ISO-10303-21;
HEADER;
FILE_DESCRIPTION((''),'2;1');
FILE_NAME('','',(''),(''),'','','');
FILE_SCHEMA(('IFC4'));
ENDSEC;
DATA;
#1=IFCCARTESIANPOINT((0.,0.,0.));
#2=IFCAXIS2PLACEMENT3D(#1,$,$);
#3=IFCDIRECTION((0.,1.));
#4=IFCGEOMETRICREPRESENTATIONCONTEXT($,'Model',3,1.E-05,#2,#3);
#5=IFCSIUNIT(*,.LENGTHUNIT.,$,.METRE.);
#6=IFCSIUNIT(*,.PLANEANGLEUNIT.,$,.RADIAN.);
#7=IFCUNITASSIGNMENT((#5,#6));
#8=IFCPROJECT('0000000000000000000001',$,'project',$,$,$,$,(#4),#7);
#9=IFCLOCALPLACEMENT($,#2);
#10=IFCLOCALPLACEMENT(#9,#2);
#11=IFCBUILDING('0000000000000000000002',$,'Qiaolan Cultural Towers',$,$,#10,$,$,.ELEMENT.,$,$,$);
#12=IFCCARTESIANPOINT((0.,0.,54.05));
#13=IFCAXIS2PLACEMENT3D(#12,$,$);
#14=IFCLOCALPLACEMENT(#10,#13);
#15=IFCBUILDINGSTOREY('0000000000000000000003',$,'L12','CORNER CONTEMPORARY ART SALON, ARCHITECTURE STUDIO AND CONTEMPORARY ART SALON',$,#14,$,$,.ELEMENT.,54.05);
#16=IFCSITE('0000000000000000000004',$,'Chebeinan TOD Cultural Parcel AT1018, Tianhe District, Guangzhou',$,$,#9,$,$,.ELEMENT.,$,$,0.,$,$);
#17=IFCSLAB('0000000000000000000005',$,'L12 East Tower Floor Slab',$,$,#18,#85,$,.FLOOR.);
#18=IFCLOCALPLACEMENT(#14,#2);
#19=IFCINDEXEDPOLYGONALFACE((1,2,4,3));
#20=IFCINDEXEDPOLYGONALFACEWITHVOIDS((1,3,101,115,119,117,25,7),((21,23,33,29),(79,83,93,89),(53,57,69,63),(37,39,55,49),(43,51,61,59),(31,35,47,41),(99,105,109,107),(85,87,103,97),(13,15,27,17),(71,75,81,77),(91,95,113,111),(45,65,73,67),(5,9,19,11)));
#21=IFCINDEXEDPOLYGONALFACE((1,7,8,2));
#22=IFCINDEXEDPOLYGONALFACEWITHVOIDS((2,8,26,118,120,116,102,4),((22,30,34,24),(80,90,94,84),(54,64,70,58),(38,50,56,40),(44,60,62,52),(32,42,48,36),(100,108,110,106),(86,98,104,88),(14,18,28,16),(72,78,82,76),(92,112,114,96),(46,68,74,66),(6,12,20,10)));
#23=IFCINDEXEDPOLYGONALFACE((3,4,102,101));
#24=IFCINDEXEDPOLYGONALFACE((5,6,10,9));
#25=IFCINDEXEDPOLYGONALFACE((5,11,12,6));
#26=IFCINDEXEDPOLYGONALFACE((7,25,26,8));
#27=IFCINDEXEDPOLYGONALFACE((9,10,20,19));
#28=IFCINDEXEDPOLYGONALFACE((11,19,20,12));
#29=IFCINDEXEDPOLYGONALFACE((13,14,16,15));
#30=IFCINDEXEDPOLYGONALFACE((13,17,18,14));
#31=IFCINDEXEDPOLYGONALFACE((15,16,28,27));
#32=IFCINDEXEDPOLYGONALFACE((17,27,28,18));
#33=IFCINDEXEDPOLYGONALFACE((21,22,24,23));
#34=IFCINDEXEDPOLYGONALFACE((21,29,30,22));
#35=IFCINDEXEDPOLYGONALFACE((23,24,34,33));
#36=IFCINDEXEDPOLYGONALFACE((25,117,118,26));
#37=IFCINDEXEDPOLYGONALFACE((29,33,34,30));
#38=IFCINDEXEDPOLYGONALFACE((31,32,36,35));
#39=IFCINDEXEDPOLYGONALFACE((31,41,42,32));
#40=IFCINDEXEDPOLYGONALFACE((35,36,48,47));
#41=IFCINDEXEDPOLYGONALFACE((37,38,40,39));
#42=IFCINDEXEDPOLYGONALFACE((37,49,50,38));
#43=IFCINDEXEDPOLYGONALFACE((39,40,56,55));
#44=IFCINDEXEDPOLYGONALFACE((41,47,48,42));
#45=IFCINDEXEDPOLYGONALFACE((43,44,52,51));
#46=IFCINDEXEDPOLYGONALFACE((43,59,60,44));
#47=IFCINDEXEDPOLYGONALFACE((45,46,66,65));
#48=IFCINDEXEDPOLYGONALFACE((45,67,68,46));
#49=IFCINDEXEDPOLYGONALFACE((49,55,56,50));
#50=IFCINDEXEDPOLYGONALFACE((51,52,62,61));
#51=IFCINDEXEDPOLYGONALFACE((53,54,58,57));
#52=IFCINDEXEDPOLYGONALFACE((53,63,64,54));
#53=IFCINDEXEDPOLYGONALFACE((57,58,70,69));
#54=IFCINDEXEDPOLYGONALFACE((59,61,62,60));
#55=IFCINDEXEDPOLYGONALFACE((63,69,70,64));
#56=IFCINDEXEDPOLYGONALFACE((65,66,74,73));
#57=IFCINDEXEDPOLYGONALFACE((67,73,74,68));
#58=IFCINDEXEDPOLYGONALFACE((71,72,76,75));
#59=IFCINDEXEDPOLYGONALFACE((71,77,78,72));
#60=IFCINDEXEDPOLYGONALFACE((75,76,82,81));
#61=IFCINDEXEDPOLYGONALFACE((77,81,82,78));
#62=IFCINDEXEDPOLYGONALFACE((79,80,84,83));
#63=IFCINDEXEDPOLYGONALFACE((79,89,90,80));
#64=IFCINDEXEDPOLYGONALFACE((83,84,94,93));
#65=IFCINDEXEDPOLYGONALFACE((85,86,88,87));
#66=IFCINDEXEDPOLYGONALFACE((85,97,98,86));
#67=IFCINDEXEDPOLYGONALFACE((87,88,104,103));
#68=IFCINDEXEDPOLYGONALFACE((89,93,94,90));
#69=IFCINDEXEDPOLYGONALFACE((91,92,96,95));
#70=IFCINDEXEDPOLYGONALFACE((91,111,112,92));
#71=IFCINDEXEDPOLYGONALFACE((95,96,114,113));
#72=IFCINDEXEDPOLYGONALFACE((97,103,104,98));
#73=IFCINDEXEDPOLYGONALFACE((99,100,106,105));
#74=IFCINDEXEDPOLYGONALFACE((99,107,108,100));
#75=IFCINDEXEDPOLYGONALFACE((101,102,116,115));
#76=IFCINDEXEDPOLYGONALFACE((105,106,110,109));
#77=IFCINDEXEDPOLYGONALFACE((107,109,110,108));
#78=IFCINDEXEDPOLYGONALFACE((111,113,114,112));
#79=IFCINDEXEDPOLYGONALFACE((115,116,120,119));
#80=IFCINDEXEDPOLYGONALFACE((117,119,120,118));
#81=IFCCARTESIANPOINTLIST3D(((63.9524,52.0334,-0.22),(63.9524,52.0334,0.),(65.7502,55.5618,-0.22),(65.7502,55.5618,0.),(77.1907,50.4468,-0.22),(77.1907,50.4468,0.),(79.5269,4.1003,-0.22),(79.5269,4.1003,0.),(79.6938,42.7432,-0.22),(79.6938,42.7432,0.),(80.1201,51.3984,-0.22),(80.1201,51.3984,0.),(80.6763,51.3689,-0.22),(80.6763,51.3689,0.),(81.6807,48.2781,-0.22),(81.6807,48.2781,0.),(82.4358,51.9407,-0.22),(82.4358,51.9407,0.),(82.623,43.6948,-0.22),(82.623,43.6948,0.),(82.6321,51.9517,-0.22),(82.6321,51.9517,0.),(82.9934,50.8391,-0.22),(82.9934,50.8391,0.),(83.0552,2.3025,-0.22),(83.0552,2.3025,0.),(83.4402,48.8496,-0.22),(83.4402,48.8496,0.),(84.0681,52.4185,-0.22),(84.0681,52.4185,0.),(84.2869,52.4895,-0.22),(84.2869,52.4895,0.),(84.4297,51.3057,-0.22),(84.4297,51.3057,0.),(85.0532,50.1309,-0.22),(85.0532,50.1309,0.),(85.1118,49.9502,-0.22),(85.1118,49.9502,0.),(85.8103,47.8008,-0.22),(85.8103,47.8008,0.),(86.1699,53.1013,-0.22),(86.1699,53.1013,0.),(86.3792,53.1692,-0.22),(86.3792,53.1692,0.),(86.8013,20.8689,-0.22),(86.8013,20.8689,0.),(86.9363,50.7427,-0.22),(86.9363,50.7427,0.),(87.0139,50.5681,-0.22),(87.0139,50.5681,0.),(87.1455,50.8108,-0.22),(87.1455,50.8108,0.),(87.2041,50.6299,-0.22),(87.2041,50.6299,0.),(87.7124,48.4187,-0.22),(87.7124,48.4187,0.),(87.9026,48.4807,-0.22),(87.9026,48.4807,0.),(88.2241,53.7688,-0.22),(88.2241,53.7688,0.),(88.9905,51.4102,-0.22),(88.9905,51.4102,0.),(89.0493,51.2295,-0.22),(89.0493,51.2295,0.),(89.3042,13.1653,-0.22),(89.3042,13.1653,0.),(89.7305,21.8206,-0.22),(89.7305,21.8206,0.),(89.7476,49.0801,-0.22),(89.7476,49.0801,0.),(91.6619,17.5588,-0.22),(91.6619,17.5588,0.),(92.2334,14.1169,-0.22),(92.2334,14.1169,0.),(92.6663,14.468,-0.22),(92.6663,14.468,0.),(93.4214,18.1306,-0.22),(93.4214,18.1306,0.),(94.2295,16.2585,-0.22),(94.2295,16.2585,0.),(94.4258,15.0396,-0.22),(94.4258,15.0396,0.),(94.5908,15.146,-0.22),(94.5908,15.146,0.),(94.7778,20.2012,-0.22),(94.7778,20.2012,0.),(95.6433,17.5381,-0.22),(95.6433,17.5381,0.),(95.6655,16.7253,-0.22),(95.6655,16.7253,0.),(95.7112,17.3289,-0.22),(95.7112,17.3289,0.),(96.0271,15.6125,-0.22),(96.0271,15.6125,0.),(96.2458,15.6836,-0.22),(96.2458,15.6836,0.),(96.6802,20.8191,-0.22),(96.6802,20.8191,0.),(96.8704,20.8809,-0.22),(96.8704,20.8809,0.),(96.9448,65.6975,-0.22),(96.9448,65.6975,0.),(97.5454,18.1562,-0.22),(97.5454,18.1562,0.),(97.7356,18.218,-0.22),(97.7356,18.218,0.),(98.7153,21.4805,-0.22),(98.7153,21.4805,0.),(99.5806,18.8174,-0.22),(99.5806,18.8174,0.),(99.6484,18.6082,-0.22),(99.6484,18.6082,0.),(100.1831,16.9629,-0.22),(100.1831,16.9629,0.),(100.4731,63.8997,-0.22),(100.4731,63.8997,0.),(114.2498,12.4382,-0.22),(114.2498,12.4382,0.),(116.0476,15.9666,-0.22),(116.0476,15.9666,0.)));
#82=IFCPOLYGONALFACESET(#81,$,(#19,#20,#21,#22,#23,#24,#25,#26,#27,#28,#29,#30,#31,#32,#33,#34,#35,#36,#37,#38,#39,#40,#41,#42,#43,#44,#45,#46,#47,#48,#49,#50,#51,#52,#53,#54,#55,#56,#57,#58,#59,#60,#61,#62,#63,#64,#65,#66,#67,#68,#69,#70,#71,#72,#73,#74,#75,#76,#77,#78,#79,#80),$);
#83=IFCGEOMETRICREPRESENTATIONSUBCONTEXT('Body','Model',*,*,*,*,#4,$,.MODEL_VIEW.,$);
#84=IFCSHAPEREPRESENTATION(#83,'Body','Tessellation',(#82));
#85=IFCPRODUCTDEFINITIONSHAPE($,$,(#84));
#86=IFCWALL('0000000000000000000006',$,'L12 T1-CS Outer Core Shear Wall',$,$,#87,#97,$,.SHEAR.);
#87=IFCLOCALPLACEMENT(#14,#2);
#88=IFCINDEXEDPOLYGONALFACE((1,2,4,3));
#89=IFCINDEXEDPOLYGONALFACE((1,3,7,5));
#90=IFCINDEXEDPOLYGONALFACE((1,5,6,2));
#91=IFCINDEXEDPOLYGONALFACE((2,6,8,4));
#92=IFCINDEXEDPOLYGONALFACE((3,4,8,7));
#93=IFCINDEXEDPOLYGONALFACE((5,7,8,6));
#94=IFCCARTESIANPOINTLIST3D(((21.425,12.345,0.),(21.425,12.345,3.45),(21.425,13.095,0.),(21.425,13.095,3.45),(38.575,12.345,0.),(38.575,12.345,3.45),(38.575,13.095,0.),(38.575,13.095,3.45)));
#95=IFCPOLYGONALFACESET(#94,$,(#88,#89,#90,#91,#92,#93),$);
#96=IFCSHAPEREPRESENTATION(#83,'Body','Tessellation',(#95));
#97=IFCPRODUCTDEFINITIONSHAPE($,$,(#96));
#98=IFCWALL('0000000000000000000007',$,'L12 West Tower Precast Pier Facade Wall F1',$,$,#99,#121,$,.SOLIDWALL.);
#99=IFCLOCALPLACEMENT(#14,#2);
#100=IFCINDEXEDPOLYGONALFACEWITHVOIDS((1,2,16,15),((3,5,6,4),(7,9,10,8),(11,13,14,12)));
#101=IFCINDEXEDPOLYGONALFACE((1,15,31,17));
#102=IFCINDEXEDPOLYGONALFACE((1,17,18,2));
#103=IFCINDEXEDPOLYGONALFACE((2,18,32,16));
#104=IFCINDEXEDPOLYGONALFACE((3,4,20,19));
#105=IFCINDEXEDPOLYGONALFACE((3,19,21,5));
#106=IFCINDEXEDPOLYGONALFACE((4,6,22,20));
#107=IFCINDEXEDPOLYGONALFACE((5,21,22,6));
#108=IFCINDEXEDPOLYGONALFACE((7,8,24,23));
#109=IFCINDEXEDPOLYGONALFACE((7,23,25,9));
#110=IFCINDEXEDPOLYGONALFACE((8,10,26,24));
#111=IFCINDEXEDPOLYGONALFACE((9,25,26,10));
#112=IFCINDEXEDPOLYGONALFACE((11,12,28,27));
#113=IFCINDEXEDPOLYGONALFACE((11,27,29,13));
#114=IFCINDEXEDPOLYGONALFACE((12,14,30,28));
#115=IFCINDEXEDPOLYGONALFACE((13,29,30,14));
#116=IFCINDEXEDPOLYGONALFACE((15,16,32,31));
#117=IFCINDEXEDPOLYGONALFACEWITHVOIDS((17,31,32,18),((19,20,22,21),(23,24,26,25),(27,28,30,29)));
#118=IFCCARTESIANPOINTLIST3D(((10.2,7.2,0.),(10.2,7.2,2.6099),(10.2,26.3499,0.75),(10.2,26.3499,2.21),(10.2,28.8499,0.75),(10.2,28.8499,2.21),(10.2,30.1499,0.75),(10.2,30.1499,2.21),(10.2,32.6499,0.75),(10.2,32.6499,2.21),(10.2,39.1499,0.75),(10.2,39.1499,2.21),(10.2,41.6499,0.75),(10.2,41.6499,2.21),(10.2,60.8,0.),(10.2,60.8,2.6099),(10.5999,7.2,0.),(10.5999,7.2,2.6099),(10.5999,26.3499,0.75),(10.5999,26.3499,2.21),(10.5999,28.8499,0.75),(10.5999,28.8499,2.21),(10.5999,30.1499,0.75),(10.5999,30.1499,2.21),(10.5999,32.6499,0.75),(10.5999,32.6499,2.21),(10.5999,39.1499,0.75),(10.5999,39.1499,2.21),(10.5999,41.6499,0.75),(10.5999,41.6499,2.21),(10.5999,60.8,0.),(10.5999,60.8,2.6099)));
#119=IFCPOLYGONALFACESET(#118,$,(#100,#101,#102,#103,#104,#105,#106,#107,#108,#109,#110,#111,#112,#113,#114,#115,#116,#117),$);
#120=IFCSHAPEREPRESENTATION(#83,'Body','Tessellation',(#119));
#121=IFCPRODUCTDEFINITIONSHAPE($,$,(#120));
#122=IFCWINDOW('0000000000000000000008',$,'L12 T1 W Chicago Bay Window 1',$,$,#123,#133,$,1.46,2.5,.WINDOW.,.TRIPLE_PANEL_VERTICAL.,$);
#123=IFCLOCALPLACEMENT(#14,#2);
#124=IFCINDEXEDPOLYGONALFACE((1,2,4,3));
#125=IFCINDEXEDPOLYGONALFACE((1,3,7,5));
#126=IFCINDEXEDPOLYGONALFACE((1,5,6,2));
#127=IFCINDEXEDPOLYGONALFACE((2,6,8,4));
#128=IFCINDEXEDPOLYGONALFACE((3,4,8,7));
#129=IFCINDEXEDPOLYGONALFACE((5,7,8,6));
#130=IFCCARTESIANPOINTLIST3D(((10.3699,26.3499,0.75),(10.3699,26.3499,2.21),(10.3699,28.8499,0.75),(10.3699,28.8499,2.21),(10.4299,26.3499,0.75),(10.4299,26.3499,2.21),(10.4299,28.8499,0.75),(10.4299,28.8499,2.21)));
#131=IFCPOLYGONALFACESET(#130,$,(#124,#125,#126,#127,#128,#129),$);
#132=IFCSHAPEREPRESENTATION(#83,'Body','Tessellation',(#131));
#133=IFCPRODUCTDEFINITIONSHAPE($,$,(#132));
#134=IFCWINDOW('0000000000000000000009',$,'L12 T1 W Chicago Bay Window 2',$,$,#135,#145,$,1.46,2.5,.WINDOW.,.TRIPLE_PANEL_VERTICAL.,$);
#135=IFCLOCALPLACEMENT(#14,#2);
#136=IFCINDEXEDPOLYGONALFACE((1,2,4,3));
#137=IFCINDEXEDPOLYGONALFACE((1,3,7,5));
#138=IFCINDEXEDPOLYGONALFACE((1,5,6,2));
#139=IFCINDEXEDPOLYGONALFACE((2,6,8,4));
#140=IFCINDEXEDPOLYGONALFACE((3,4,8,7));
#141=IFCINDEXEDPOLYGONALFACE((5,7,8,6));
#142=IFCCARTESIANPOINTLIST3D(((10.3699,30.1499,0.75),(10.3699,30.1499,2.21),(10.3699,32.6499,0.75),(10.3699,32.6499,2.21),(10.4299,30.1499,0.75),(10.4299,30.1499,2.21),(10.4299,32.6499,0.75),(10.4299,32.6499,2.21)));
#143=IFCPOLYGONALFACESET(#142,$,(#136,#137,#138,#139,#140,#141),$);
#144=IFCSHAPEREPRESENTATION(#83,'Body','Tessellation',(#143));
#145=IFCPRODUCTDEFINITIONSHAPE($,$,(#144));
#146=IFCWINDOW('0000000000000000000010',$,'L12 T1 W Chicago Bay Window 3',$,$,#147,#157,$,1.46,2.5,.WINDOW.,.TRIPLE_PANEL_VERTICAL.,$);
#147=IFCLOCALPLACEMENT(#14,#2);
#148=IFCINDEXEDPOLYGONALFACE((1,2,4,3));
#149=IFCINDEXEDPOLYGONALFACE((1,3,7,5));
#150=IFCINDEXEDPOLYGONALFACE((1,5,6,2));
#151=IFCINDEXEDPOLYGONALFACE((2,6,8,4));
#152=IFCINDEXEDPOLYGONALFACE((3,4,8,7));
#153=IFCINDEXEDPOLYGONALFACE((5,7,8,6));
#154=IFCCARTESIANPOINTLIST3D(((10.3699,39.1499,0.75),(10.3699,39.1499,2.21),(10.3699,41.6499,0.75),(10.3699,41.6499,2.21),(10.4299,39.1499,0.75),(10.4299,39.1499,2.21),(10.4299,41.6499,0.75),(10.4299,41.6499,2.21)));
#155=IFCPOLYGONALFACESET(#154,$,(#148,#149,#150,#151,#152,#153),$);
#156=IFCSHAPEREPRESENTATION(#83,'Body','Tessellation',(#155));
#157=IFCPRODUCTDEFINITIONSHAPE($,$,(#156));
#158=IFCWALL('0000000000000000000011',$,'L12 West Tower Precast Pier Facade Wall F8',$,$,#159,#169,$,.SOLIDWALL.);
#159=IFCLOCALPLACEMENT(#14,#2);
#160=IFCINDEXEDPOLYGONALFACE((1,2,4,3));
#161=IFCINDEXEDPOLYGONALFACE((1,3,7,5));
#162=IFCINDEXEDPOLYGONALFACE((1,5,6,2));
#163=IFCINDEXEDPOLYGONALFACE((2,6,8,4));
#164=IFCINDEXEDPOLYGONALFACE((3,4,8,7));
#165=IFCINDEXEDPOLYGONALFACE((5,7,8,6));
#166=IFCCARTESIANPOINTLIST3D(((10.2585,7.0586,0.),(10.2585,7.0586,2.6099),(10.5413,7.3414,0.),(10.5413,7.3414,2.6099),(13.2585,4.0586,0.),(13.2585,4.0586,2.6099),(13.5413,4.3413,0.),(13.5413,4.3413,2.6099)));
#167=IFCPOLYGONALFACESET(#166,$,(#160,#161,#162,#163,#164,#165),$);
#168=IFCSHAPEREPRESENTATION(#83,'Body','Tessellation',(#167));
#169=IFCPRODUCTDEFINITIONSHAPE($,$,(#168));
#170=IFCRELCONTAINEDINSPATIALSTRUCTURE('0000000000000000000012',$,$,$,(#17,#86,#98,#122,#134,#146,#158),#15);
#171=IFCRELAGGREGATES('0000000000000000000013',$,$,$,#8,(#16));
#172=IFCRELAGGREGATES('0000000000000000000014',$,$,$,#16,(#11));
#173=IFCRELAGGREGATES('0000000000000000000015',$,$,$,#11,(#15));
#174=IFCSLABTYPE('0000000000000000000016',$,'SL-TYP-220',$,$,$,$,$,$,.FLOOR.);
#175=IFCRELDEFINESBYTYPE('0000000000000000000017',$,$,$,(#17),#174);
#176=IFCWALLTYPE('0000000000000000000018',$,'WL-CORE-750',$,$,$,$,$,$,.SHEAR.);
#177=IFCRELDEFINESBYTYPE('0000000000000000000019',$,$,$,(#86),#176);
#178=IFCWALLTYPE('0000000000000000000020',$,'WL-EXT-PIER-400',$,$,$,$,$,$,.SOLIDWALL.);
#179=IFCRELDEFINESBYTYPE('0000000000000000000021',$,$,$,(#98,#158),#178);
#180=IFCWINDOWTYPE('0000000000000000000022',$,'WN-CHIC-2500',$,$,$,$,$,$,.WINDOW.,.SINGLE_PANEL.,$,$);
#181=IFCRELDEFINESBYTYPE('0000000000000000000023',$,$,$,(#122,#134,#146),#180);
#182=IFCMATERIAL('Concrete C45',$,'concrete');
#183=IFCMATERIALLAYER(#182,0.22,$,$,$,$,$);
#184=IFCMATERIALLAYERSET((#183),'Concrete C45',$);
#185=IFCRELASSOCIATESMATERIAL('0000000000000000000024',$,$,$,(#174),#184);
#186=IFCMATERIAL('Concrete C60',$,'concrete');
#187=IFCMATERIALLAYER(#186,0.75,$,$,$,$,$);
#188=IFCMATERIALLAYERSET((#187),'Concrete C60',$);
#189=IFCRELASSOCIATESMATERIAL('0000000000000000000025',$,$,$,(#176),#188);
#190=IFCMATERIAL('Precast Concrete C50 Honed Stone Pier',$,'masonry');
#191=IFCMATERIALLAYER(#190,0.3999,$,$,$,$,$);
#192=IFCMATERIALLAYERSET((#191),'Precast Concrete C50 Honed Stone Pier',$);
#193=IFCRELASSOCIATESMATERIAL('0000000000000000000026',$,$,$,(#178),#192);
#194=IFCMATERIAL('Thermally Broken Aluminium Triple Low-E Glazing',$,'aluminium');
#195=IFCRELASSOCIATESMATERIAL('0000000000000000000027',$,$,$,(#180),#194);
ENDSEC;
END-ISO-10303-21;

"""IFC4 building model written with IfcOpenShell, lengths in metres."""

from ifc_helpers import new_model, si_unit, direction, frame, frame_2d, origin, place, context, subcontext, project, spatial, polyline, rectangle, outline, extrude, material, layer, layer_set, type_object, element, fill, save


model = new_model("IFC4")

# Units and contexts
model_context = context("Model", 3, precision=1e-05, world=origin(), true_north=direction((0.0, 1.0)))
body_context = subcontext(model_context, "Body", "Model", "MODEL_VIEW")
ifc_project = project(units=[si_unit("LENGTHUNIT", "METRE"), si_unit("PLANEANGLEUNIT", "RADIAN")], contexts=[model_context])

# Site, building, storey
site_placement = place(None, origin())
site = spatial("IfcSite", under=ifc_project, at=site_placement, Name="Chebeinan TOD Cultural Parcel AT1018, Tianhe District, Guangzhou", CompositionType="ELEMENT", RefElevation=0.0)
building_placement = place(site_placement, origin())
building = spatial("IfcBuilding", under=site, at=building_placement, Name="Qiaolan Cultural Towers", CompositionType="ELEMENT")
storey_placement = place(building_placement, frame((0.0, 0.0, 54.05)))
storey = spatial("IfcBuildingStorey", under=building, at=storey_placement, Name="L12", Description="CORNER CONTEMPORARY ART SALON, ARCHITECTURE STUDIO AND CONTEMPORARY ART SALON", CompositionType="ELEMENT", Elevation=54.05)

# Slab
ifc_material_1 = material(Name="Concrete C45", Category="concrete")
ifc_layer_1 = layer(ifc_material_1, 0.22)
ifc_layer_set_1 = layer_set([ifc_layer_1], Name="Concrete C45")
slab_type_1 = type_object("IfcSlabType", Name="SL-TYP-220", PredefinedType="FLOOR", material=ifc_layer_set_1)
slab_1_placement = place(storey_placement, frame((0.0, 0.0, -0.22)))
element("IfcSlab", 1, at=slab_1_placement, inside=storey, type_object=slab_type_1, Name="L12 East Tower Floor Slab", PredefinedType="FLOOR", context=body_context, shape_type="SweptSolid", body=[
    extrude(outline(polyline([(83.0552, 2.3025), (114.2498, 12.4382), (116.0476, 15.9666), (100.4731, 63.8997), (96.9448, 65.6975), (65.7502, 55.5618), (63.9524, 52.0334), (79.5269, 4.1003), (83.0552, 2.3025)]), holes=[polyline([(86.8013, 20.8689), (89.3042, 13.1653), (92.2334, 14.1169), (89.7305, 21.8206), (86.8013, 20.8689)]), polyline([(82.623, 43.6948), (80.1201, 51.3984), (77.1907, 50.4468), (79.6938, 42.7432), (82.623, 43.6948)]), polyline([(92.6663, 14.468), (94.4258, 15.0396), (93.4214, 18.1306), (91.6619, 17.5588), (92.6663, 14.468)]), polyline([(94.5908, 15.146), (96.0271, 15.6125), (95.6655, 16.7253), (94.2295, 16.2585), (94.5908, 15.146)]), polyline([(95.6433, 17.5381), (97.5454, 18.1562), (96.6802, 20.8191), (94.7778, 20.2012), (95.6433, 17.5381)]), polyline([(97.7356, 18.218), (99.5806, 18.8174), (98.7153, 21.4805), (96.8704, 20.8809), (97.7356, 18.218)]), polyline([(96.2458, 15.6836), (100.1831, 16.9629), (99.6484, 18.6082), (95.7112, 17.3289), (96.2458, 15.6836)]), polyline([(81.6807, 48.2781), (83.4402, 48.8496), (82.4358, 51.9407), (80.6763, 51.3689), (81.6807, 48.2781)]), polyline([(82.9934, 50.8391), (84.4297, 51.3057), (84.0681, 52.4185), (82.6321, 51.9517), (82.9934, 50.8391)]), polyline([(85.8103, 47.8008), (87.7124, 48.4187), (87.0139, 50.5681), (85.1118, 49.9502), (85.8103, 47.8008)]), polyline([(87.9026, 48.4807), (89.7476, 49.0801), (89.0493, 51.2295), (87.2041, 50.6299), (87.9026, 48.4807)]), polyline([(85.0532, 50.1309), (86.9363, 50.7427), (86.1699, 53.1013), (84.2869, 52.4895), (85.0532, 50.1309)]), polyline([(87.1455, 50.8108), (88.9905, 51.4102), (88.2241, 53.7688), (86.3792, 53.1692), (87.1455, 50.8108)])]), origin(), (0.0, 0.0, 1.0), 0.22),
])

# Wall
ifc_material_2 = material(Name="Concrete C60", Category="concrete")
ifc_layer_2 = layer(ifc_material_2, 0.75)
ifc_layer_set_2 = layer_set([ifc_layer_2], Name="Concrete C60")
wall_type_1 = type_object("IfcWallType", Name="WL-CORE-750", PredefinedType="SHEAR", material=ifc_layer_set_2)
wall_1_placement = place(storey_placement, frame((21.425, 12.72, 0.0), z_axis=(0.0, 0.0, 1.0), x_axis=(1.0, 0.0, 0.0)))
element("IfcWall", 2, at=wall_1_placement, inside=storey, type_object=wall_type_1, Name="L12 T1-CS Outer Core Shear Wall", PredefinedType="SHEAR", context=body_context, shape_type="SweptSolid", body=[
    extrude(rectangle(XDim=17.1499, YDim=0.75, at=frame_2d((8.575, 0.0))), origin(), (0.0, 0.0, 1.0), 3.45),
])

# Wall, openings, windows
ifc_material_3 = material(Name="Precast Concrete C50 Honed Stone Pier", Category="masonry")
ifc_layer_3 = layer(ifc_material_3, 0.3999)
ifc_layer_set_3 = layer_set([ifc_layer_3], Name="Precast Concrete C50 Honed Stone Pier")
wall_type_2 = type_object("IfcWallType", Name="WL-EXT-PIER-400", PredefinedType="SOLIDWALL", material=ifc_layer_set_3)
wall_2_placement = place(storey_placement, frame((10.3999, 7.2, 0.0), z_axis=(0.0, 0.0, 1.0), x_axis=(0.0, 1.0, 0.0)))
wall_2 = element("IfcWall", 3, at=wall_2_placement, inside=storey, type_object=wall_type_2, Name="L12 West Tower Precast Pier Facade Wall F1", PredefinedType="SOLIDWALL", context=body_context, shape_type="SweptSolid", body=[
    extrude(rectangle(XDim=53.6001, YDim=0.3999, at=frame_2d((26.8, 0.0))), origin(), (0.0, 0.0, 1.0), 2.6099),
])
opening_1_placement = place(wall_2_placement, frame((19.1499, 0.0, 0.75)))
opening_1 = element("IfcOpeningElement", 4, at=opening_1_placement, cuts=wall_2, PredefinedType="OPENING", context=body_context, shape_type="SweptSolid", body=[
    extrude(rectangle(XDim=2.5, YDim=1.46, at=frame_2d((1.25, 0.73))), frame((0.0, 0.21, 0.0), z_axis=(0.0, -1.0, 0.0), x_axis=(1.0, 0.0, 0.0)), (0.0, 0.0, 1.0), 0.4199),
])
opening_2_placement = place(wall_2_placement, frame((22.95, 0.0, 0.75)))
opening_2 = element("IfcOpeningElement", 5, at=opening_2_placement, cuts=wall_2, PredefinedType="OPENING", context=body_context, shape_type="SweptSolid", body=[
    extrude(rectangle(XDim=2.5, YDim=1.46, at=frame_2d((1.25, 0.73))), frame((0.0, 0.21, 0.0), z_axis=(0.0, -1.0, 0.0), x_axis=(1.0, 0.0, 0.0)), (0.0, 0.0, 1.0), 0.4199),
])
opening_3_placement = place(wall_2_placement, frame((31.95, 0.0, 0.75)))
opening_3 = element("IfcOpeningElement", 6, at=opening_3_placement, cuts=wall_2, PredefinedType="OPENING", context=body_context, shape_type="SweptSolid", body=[
    extrude(rectangle(XDim=2.5, YDim=1.46, at=frame_2d((1.25, 0.73))), frame((0.0, 0.21, 0.0), z_axis=(0.0, -1.0, 0.0), x_axis=(1.0, 0.0, 0.0)), (0.0, 0.0, 1.0), 0.4199),
])
ifc_material_4 = material(Name="Thermally Broken Aluminium Triple Low-E Glazing", Category="aluminium")
window_type = type_object("IfcWindowType", Name="WN-CHIC-2500", PartitioningType="SINGLE_PANEL", PredefinedType="WINDOW", material=ifc_material_4)
window_1_placement = place(opening_1_placement, origin())
window_1 = element("IfcWindow", 7, at=window_1_placement, inside=storey, type_object=window_type, Name="L12 T1 W Chicago Bay Window 1", OverallHeight=1.46, OverallWidth=2.5, PartitioningType="TRIPLE_PANEL_VERTICAL", PredefinedType="WINDOW", context=body_context, shape_type="SweptSolid", body=[
    extrude(rectangle(XDim=2.5, YDim=1.46, at=frame_2d((1.25, 0.73))), frame((0.0, 0.03, 0.0), z_axis=(0.0, -1.0, 0.0), x_axis=(1.0, 0.0, 0.0)), (0.0, 0.0, 1.0), 0.0601),
])
fill(opening_1, window_1)
window_2_placement = place(opening_2_placement, origin())
window_2 = element("IfcWindow", 8, at=window_2_placement, inside=storey, type_object=window_type, Name="L12 T1 W Chicago Bay Window 2", OverallHeight=1.46, OverallWidth=2.5, PartitioningType="TRIPLE_PANEL_VERTICAL", PredefinedType="WINDOW", context=body_context, shape_type="SweptSolid", body=[
    extrude(rectangle(XDim=2.5, YDim=1.46, at=frame_2d((1.25, 0.73))), frame((0.0, 0.03, 0.0), z_axis=(0.0, -1.0, 0.0), x_axis=(1.0, 0.0, 0.0)), (0.0, 0.0, 1.0), 0.0601),
])
fill(opening_2, window_2)
window_3_placement = place(opening_3_placement, origin())
window_3 = element("IfcWindow", 9, at=window_3_placement, inside=storey, type_object=window_type, Name="L12 T1 W Chicago Bay Window 3", OverallHeight=1.46, OverallWidth=2.5, PartitioningType="TRIPLE_PANEL_VERTICAL", PredefinedType="WINDOW", context=body_context, shape_type="SweptSolid", body=[
    extrude(rectangle(XDim=2.5, YDim=1.46, at=frame_2d((1.25, 0.73))), frame((0.0, 0.03, 0.0), z_axis=(0.0, -1.0, 0.0), x_axis=(1.0, 0.0, 0.0)), (0.0, 0.0, 1.0), 0.0601),
])
fill(opening_3, window_3)

# Wall
wall_3_placement = place(storey_placement, frame((13.3999, 4.2, 0.0), z_axis=(0.0, 0.0, 1.0), x_axis=(-0.707107, 0.707107, 0.0)))
element("IfcWall", 10, at=wall_3_placement, inside=storey, type_object=wall_type_2, Name="L12 West Tower Precast Pier Facade Wall F8", PredefinedType="SOLIDWALL", context=body_context, shape_type="SweptSolid", body=[
    extrude(rectangle(XDim=4.2427, YDim=0.3999, at=frame_2d((2.1213, 0.0))), origin(), (0.0, 0.0, 1.0), 2.6099),
])

save(model, "model.ifc")
